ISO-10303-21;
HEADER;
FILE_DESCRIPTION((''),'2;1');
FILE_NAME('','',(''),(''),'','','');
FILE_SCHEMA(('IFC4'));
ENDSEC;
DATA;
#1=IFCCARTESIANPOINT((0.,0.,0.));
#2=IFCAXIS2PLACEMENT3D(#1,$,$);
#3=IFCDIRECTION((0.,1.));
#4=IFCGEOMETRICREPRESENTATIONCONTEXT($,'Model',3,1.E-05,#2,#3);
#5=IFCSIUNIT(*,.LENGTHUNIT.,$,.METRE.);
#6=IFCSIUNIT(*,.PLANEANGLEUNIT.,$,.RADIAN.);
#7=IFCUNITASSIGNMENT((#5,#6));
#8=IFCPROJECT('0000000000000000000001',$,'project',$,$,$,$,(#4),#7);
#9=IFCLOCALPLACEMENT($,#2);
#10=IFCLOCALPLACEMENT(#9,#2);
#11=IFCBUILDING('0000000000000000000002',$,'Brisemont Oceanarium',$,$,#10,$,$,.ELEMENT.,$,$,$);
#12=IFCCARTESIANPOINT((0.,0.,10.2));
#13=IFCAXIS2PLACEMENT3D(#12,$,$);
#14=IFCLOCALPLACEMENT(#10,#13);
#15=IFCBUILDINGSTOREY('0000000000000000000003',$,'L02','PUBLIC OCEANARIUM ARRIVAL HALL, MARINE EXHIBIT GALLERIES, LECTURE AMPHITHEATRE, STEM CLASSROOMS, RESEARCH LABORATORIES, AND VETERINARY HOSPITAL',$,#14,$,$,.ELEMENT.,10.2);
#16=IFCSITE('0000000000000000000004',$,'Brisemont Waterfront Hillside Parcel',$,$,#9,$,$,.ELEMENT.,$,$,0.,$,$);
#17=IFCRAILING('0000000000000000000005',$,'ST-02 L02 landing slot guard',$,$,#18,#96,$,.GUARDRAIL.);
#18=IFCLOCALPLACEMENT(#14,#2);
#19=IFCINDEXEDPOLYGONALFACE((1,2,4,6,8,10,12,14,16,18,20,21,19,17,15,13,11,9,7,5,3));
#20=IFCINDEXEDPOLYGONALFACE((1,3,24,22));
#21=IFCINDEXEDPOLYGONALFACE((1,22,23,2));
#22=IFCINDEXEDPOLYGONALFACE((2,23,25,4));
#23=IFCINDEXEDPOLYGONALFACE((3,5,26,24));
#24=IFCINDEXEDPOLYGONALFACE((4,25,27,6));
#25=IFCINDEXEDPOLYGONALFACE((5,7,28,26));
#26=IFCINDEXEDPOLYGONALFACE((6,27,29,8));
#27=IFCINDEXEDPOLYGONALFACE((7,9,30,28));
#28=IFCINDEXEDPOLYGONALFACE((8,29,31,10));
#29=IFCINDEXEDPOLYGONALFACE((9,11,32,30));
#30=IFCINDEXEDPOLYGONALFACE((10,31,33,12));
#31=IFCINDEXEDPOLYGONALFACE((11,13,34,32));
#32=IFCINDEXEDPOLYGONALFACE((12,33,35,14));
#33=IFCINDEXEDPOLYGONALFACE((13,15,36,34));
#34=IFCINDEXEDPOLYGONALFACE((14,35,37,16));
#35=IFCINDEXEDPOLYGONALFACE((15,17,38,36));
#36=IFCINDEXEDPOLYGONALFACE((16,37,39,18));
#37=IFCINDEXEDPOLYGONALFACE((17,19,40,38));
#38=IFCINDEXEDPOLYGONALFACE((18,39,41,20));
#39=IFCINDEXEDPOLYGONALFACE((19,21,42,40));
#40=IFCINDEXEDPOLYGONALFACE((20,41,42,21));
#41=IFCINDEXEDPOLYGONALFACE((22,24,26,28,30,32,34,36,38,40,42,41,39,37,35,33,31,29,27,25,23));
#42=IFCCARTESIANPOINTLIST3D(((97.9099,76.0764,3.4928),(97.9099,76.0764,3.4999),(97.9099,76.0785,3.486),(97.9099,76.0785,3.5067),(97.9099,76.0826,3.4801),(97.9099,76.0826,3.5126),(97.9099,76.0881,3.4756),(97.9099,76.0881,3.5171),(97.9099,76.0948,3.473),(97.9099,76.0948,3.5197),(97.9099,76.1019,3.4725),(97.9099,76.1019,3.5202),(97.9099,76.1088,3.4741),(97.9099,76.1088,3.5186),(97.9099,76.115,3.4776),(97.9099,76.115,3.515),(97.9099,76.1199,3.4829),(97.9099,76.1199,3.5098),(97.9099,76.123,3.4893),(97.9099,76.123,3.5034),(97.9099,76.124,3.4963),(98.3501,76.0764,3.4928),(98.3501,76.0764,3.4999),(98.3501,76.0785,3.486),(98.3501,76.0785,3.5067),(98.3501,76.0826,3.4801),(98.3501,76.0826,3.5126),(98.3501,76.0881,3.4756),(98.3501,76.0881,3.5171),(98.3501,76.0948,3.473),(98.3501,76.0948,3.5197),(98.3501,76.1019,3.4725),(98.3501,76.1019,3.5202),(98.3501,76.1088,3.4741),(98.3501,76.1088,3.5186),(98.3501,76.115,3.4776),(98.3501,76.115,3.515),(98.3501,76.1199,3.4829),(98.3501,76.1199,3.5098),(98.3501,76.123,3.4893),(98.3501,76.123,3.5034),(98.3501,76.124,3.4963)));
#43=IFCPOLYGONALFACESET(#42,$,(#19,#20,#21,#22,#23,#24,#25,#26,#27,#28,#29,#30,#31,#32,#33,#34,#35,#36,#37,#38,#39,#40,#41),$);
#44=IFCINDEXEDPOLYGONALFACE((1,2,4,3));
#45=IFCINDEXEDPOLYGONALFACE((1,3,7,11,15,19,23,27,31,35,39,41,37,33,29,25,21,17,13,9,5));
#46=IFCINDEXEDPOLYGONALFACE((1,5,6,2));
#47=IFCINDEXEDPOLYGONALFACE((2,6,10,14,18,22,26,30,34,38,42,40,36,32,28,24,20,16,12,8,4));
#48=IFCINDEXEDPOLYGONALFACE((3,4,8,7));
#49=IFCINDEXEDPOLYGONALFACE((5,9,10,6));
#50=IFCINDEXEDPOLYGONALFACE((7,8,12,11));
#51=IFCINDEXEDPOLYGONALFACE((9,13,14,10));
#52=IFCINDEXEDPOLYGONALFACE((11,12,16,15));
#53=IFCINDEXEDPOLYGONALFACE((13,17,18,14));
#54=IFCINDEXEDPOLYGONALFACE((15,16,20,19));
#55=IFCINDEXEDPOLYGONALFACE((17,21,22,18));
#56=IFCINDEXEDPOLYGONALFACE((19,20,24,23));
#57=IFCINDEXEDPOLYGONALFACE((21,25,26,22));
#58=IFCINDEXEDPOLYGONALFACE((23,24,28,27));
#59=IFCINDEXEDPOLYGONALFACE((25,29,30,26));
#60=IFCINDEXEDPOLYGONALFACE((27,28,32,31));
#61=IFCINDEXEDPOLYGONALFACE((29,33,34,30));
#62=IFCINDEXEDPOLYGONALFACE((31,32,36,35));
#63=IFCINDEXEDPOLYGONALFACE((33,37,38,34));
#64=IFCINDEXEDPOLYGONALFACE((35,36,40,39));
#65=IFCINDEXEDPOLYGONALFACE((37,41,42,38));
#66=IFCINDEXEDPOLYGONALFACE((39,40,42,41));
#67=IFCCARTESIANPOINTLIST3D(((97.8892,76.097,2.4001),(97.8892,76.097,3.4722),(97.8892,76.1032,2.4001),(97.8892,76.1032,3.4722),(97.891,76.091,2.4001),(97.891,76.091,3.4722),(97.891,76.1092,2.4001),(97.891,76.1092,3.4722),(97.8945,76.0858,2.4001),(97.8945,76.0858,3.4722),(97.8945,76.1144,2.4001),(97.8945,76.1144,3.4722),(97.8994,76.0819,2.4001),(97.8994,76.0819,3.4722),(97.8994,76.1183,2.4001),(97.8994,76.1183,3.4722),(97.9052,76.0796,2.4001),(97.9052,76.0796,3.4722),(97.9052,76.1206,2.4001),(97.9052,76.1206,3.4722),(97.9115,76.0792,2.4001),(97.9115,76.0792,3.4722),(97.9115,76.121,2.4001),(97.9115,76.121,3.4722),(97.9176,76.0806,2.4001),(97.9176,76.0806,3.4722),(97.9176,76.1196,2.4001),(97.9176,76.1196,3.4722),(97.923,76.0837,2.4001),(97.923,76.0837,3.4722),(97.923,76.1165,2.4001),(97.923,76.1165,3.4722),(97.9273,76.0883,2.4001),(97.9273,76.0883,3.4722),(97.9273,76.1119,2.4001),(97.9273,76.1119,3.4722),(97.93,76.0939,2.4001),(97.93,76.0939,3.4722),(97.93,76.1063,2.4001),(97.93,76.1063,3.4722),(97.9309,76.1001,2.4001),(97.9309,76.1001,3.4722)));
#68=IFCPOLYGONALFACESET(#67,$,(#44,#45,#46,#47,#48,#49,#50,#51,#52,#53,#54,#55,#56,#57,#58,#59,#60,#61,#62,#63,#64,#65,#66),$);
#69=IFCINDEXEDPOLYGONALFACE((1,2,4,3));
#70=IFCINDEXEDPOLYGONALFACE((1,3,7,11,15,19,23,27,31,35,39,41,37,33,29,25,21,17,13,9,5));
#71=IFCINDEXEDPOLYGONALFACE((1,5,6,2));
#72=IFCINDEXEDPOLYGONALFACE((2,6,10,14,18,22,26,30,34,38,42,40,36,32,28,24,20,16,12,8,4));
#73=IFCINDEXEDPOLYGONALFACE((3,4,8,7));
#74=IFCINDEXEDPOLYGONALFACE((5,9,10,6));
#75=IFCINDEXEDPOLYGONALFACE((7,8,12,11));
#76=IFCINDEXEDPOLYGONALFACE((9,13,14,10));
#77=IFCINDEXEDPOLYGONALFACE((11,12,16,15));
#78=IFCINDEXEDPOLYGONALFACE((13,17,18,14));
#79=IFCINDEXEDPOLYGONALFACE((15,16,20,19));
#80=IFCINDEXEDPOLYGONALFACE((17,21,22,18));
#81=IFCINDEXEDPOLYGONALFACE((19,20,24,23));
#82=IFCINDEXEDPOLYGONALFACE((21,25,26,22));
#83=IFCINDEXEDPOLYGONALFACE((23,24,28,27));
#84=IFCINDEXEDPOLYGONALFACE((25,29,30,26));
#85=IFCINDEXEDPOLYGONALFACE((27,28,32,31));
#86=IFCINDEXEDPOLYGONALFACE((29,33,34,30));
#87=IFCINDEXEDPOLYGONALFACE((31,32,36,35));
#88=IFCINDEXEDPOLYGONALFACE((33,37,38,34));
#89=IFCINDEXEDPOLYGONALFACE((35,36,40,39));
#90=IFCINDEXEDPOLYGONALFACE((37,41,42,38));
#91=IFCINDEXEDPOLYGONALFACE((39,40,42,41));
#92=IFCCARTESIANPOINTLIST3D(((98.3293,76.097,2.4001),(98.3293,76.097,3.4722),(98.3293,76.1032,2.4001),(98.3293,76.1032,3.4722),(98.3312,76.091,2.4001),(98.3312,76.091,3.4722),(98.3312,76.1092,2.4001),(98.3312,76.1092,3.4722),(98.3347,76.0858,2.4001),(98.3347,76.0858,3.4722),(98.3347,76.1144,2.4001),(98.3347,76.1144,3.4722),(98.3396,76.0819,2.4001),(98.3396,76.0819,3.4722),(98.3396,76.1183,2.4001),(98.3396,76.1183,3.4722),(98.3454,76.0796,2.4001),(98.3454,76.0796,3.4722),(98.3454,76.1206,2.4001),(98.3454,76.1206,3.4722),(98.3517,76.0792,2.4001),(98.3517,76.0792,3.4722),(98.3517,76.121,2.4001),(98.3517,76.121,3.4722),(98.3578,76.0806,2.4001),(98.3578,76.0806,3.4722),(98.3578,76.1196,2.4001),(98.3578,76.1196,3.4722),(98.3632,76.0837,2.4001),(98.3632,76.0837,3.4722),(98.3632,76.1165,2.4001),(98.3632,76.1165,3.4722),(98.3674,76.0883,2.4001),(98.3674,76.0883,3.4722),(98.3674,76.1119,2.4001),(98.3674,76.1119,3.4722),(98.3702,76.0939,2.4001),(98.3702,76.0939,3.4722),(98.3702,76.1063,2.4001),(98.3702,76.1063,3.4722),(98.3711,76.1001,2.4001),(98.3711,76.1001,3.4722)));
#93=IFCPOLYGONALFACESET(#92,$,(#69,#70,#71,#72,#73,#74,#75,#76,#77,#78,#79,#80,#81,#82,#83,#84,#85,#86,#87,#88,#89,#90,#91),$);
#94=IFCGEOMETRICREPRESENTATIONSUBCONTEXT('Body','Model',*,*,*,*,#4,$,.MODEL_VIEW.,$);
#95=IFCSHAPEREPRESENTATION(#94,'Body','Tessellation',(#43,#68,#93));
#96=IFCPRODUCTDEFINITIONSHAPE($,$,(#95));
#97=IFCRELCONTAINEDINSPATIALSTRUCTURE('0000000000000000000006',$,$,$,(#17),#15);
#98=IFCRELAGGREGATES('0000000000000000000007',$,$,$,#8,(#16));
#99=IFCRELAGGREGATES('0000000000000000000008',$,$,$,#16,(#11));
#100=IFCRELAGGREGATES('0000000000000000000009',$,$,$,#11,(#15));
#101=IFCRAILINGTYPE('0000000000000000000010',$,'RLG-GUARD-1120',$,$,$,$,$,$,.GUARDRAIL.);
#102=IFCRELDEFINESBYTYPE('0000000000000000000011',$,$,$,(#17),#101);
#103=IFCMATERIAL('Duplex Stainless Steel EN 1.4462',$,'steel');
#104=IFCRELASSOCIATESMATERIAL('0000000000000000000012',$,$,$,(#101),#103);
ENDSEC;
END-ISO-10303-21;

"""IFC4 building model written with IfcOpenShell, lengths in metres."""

from ifc_helpers import new_model, si_unit, direction, frame, origin, origin_2d, place, context, subcontext, project, spatial, circle, extrude, material, type_object, element, save


model = new_model("IFC4")

# Units and contexts
model_context = context("Model", 3, precision=1e-05, world=origin(), true_north=direction((0.0, 1.0)))
body_context = subcontext(model_context, "Body", "Model", "MODEL_VIEW")
ifc_project = project(units=[si_unit("LENGTHUNIT", "METRE"), si_unit("PLANEANGLEUNIT", "RADIAN")], contexts=[model_context])

# Site, building, storey
site_placement = place(None, origin())
site = spatial("IfcSite", under=ifc_project, at=site_placement, Name="Brisemont Waterfront Hillside Parcel", CompositionType="ELEMENT", RefElevation=0.0)
building_placement = place(site_placement, origin())
building = spatial("IfcBuilding", under=site, at=building_placement, Name="Brisemont Oceanarium", CompositionType="ELEMENT")
storey_placement = place(building_placement, frame((0.0, 0.0, 10.2)))
storey = spatial("IfcBuildingStorey", under=building, at=storey_placement, Name="L02", Description="PUBLIC OCEANARIUM ARRIVAL HALL, MARINE EXHIBIT GALLERIES, LECTURE AMPHITHEATRE, STEM CLASSROOMS, RESEARCH LABORATORIES, AND VETERINARY HOSPITAL", CompositionType="ELEMENT", Elevation=10.2)

# Railing
ifc_material_1 = material(Name="Duplex Stainless Steel EN 1.4462", Category="steel")
railing_type_1 = type_object("IfcRailingType", Name="RLG-GUARD-1120", PredefinedType="GUARDRAIL", material=ifc_material_1)
railing_1_placement = place(storey_placement, frame((97.9099, 76.1001, 2.4001)))
element("IfcRailing", 1, at=railing_1_placement, inside=storey, type_object=railing_type_1, Name="ST-02 L02 landing slot guard", PredefinedType="GUARDRAIL", context=body_context, shape_type="SweptSolid", body=[
    extrude(circle(Radius=0.0239, at=origin_2d()), frame((0.0, 0.0, 1.0962), z_axis=(1.0, 0.0, 0.0), x_axis=(0.0, 1.0, 0.0)), (0.0, 0.0, 1.0), 0.4402),
    extrude(circle(Radius=0.021, at=origin_2d()), origin(), (0.0, 0.0, 1.0), 1.072),
    extrude(circle(Radius=0.021, at=origin_2d()), frame((0.4402, 0.0, 0.0)), (0.0, 0.0, 1.0), 1.072),
])

save(model, "model.ifc")
